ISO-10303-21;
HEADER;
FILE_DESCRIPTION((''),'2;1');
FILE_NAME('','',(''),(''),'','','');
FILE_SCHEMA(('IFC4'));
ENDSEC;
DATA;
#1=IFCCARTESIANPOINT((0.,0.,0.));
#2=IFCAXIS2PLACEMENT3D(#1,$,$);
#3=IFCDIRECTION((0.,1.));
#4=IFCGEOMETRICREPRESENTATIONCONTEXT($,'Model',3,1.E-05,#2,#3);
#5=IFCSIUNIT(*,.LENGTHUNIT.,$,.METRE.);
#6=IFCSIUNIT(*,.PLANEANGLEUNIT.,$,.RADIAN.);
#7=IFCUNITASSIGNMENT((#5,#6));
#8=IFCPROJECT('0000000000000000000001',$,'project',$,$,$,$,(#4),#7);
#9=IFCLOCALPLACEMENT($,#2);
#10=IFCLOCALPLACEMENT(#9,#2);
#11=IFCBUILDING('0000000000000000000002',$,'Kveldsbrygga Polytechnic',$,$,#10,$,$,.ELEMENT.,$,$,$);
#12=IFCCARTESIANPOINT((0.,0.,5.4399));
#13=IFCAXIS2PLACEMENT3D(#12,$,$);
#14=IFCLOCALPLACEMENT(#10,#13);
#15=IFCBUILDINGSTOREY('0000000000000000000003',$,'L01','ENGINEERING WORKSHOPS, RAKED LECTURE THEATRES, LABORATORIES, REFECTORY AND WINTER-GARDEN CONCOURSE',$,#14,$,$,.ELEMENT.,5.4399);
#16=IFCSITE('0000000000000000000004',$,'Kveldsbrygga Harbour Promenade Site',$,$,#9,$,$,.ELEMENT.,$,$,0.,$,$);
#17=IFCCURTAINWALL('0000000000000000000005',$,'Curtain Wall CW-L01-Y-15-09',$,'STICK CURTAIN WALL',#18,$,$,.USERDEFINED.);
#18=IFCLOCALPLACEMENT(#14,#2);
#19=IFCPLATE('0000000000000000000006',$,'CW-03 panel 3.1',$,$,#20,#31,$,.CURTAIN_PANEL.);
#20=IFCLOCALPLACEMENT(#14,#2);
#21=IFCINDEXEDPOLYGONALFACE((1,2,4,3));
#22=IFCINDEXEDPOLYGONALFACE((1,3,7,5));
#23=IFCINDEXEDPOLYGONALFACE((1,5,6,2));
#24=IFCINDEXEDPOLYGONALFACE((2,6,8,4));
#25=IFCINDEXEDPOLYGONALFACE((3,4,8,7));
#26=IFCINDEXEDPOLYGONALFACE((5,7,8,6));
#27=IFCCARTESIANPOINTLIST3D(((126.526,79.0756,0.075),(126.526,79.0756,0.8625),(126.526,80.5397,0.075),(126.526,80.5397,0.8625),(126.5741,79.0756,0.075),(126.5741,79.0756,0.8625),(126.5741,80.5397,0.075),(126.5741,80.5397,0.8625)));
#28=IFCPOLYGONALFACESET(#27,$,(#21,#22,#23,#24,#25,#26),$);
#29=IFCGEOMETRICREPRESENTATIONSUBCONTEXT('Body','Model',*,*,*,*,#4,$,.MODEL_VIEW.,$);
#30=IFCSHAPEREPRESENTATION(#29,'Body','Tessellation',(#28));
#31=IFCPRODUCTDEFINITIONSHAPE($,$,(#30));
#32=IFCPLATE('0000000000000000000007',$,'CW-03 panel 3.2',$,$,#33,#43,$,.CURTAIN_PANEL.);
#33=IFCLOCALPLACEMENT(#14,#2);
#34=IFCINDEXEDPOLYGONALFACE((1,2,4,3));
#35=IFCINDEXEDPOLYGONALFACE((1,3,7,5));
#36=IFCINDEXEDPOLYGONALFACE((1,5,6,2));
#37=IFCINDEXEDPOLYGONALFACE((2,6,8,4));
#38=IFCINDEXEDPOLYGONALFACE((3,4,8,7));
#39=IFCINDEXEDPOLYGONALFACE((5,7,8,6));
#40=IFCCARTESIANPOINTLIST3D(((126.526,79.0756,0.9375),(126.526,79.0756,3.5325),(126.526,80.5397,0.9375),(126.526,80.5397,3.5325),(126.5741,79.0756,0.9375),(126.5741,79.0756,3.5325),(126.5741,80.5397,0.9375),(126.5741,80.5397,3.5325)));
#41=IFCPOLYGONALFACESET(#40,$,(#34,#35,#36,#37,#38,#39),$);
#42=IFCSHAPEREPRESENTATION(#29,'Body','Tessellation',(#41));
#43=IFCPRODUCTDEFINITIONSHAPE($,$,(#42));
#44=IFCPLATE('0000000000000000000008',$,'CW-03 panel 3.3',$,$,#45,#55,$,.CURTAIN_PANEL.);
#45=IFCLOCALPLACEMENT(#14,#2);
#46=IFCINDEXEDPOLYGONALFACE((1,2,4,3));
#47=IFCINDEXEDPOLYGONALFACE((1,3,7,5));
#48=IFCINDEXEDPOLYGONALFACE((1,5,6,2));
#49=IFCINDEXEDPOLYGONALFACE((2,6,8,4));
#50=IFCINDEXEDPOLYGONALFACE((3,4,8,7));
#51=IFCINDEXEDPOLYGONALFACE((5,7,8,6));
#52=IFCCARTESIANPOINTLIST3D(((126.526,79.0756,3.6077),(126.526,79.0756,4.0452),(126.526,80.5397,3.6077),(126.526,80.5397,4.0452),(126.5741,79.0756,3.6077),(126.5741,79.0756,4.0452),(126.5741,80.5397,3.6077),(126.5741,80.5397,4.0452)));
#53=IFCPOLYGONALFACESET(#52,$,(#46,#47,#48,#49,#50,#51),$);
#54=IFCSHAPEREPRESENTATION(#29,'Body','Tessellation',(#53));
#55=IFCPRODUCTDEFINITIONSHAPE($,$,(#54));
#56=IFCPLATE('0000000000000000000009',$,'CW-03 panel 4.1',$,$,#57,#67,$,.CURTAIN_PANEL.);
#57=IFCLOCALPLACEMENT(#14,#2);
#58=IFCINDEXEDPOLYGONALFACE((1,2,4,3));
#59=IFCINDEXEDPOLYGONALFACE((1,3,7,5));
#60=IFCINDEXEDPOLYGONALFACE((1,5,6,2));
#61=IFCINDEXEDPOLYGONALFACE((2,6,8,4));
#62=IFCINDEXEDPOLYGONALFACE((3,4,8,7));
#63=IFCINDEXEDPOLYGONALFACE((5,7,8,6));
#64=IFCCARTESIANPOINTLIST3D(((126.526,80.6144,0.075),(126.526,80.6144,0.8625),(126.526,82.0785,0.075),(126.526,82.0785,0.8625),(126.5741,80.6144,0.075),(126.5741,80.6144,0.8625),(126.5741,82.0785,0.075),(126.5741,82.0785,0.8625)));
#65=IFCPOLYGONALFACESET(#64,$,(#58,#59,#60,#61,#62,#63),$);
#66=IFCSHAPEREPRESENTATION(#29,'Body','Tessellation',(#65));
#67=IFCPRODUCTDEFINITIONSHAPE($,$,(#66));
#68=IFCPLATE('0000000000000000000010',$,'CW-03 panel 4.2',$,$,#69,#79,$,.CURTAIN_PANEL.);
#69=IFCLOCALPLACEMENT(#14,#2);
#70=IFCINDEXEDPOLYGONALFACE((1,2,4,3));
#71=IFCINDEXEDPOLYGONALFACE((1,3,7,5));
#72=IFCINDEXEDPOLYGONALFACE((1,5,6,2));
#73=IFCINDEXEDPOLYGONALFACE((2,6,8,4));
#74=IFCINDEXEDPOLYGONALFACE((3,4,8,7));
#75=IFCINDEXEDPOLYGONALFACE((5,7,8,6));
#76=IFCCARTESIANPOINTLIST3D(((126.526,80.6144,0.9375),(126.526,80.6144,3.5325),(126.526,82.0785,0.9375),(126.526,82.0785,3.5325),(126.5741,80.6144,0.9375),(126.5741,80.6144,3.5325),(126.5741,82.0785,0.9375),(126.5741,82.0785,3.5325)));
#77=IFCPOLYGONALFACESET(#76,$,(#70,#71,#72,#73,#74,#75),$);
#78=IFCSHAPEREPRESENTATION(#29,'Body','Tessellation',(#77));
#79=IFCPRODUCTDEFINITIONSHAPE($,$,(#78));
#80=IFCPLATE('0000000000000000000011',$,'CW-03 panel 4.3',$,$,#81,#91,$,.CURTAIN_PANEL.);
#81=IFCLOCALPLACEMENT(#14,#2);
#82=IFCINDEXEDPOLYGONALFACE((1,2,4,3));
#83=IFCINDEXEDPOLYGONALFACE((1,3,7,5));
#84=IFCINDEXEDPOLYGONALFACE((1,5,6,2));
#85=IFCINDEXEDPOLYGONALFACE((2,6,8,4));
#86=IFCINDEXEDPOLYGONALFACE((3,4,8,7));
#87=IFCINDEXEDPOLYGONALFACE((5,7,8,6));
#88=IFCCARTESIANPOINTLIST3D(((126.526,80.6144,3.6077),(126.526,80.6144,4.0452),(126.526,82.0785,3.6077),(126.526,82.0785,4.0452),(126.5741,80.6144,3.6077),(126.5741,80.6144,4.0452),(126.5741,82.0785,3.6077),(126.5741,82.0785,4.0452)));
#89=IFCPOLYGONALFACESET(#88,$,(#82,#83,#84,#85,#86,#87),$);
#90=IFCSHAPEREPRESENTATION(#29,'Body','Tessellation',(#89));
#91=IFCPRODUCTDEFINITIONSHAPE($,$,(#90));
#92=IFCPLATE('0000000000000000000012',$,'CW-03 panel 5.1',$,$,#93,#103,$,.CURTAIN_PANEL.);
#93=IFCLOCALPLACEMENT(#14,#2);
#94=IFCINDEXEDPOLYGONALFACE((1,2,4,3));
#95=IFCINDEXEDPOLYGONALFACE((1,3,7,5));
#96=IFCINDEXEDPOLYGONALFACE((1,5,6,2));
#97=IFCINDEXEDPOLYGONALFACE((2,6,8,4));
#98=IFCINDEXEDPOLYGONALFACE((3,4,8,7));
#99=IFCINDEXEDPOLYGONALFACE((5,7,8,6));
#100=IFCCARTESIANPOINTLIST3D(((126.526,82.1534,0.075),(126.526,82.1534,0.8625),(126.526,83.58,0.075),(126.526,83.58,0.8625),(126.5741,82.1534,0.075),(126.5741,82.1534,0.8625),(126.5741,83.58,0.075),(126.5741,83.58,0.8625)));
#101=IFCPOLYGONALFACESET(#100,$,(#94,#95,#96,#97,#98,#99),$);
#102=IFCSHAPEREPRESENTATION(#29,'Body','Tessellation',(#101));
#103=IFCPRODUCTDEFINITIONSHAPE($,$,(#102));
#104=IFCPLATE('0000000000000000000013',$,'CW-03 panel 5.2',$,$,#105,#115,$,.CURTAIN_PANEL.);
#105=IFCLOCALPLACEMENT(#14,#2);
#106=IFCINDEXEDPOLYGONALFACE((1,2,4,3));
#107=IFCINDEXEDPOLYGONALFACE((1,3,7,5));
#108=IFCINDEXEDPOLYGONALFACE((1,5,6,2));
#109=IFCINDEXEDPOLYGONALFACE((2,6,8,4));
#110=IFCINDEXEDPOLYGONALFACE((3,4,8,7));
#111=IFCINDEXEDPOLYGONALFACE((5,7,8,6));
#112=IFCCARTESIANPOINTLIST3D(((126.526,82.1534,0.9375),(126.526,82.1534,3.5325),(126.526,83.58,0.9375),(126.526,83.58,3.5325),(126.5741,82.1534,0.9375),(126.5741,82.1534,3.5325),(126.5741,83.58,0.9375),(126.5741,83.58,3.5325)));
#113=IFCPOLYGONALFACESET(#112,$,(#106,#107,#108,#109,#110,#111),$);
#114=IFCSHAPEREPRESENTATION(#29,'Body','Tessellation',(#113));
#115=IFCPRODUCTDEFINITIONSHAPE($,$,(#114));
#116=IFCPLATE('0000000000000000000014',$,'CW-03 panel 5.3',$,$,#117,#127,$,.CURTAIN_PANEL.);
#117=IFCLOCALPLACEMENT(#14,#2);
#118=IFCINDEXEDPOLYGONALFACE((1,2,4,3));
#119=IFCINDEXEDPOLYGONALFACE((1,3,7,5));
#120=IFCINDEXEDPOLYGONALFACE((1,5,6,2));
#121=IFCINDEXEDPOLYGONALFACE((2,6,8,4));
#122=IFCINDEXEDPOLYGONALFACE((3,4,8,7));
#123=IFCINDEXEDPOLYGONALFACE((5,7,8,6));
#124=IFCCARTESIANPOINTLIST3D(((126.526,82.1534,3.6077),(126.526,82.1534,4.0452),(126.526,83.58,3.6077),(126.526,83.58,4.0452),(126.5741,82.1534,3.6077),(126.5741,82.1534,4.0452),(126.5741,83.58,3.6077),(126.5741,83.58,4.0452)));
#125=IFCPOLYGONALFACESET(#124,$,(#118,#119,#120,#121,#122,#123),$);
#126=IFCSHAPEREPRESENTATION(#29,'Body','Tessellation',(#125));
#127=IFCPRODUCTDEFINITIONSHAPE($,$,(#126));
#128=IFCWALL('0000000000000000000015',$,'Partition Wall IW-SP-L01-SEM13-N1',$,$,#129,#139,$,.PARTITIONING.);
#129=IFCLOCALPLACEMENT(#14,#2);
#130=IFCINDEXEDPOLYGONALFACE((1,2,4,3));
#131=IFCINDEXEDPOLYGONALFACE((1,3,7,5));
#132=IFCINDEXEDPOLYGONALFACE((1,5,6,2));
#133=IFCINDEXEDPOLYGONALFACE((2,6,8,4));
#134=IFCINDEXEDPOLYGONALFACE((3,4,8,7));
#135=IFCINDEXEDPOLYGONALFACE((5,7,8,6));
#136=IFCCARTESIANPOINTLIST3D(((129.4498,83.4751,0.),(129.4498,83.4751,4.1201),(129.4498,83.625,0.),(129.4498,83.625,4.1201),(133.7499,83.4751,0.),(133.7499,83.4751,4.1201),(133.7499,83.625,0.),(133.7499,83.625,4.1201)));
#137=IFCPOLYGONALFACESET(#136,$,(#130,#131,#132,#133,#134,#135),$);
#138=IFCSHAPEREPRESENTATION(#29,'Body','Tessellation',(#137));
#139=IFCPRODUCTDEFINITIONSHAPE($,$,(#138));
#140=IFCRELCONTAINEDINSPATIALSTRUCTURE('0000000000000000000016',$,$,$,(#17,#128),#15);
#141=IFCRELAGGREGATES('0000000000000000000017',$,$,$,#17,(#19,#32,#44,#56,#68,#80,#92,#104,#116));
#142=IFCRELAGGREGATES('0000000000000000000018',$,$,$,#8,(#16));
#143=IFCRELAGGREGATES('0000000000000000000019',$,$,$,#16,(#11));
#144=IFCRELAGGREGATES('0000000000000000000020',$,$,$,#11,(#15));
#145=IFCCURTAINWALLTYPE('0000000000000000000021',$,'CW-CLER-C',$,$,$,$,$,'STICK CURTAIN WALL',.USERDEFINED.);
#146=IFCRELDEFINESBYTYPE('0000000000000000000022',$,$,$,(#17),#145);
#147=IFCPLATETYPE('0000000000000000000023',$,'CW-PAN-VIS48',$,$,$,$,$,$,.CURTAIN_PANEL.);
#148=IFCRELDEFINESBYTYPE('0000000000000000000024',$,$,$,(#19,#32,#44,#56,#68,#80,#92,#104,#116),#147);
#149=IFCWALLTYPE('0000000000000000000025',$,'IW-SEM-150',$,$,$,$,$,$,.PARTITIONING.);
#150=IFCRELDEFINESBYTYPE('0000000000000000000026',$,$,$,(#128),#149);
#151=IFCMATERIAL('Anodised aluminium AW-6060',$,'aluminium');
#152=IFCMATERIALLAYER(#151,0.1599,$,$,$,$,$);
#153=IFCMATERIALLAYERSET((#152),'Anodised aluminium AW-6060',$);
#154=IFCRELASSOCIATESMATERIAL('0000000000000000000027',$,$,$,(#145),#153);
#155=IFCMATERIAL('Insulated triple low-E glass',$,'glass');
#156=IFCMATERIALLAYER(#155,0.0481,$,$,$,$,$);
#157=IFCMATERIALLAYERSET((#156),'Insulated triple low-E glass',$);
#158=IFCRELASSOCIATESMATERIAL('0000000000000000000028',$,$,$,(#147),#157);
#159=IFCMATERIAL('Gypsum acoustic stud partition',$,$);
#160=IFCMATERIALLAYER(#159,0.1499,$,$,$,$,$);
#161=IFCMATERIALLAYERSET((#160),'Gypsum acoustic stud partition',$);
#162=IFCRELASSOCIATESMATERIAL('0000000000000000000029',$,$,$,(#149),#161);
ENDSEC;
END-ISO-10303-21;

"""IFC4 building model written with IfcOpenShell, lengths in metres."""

from ifc_helpers import new_model, si_unit, direction, frame, frame_2d, origin, origin_2d, place, context, subcontext, project, spatial, rectangle, extrude, material, layer, layer_set, type_object, element, aggregate, save


model = new_model("IFC4")

# Units and contexts
model_context = context("Model", 3, precision=1e-05, world=origin(), true_north=direction((0.0, 1.0)))
body_context = subcontext(model_context, "Body", "Model", "MODEL_VIEW")
ifc_project = project(units=[si_unit("LENGTHUNIT", "METRE"), si_unit("PLANEANGLEUNIT", "RADIAN")], contexts=[model_context])

# Site, building, storey
site_placement = place(None, origin())
site = spatial("IfcSite", under=ifc_project, at=site_placement, Name="Kveldsbrygga Harbour Promenade Site", CompositionType="ELEMENT", RefElevation=0.0)
building_placement = place(site_placement, origin())
building = spatial("IfcBuilding", under=site, at=building_placement, Name="Kveldsbrygga Polytechnic", CompositionType="ELEMENT")
storey_placement = place(building_placement, frame((0.0, 0.0, 5.4399)))
storey = spatial("IfcBuildingStorey", under=building, at=storey_placement, Name="L01", Description="ENGINEERING WORKSHOPS, RAKED LECTURE THEATRES, LABORATORIES, REFECTORY AND WINTER-GARDEN CONCOURSE", CompositionType="ELEMENT", Elevation=5.4399)

# Curtain wall, plates
ifc_material_1 = material(Name="Anodised aluminium AW-6060", Category="aluminium")
ifc_layer_1 = layer(ifc_material_1, 0.1599)
ifc_layer_set_1 = layer_set([ifc_layer_1], Name="Anodised aluminium AW-6060")
curtain_wall_type = type_object("IfcCurtainWallType", Name="CW-CLER-C", ElementType="STICK CURTAIN WALL", PredefinedType="USERDEFINED", material=ifc_layer_set_1)
curtain_wall_placement = place(storey_placement, origin())
curtain_wall = element("IfcCurtainWall", 1, at=curtain_wall_placement, inside=storey, type_object=curtain_wall_type, Name="Curtain Wall CW-L01-Y-15-09", ObjectType="STICK CURTAIN WALL", PredefinedType="USERDEFINED")
ifc_material_2 = material(Name="Insulated triple low-E glass", Category="glass")
ifc_layer_2 = layer(ifc_material_2, 0.0481)
ifc_layer_set_2 = layer_set([ifc_layer_2], Name="Insulated triple low-E glass")
plate_type = type_object("IfcPlateType", Name="CW-PAN-VIS48", PredefinedType="CURTAIN_PANEL", material=ifc_layer_set_2)
plate_1_placement = place(storey_placement, frame((126.55, 79.8076, 0.075), z_axis=(0.0, 0.0, 1.0), x_axis=(0.0, 1.0, 0.0)))
plate_1 = element("IfcPlate", 2, at=plate_1_placement, type_object=plate_type, Name="CW-03 panel 3.1", PredefinedType="CURTAIN_PANEL", context=body_context, shape_type="SweptSolid", body=[
    extrude(rectangle(XDim=1.4641, YDim=0.0481, at=origin_2d()), origin(), (0.0, 0.0, 1.0), 0.7876),
])
plate_2_placement = place(storey_placement, frame((126.55, 79.8076, 0.9375), z_axis=(0.0, 0.0, 1.0), x_axis=(0.0, 1.0, 0.0)))
plate_2 = element("IfcPlate", 3, at=plate_2_placement, type_object=plate_type, Name="CW-03 panel 3.2", PredefinedType="CURTAIN_PANEL", context=body_context, shape_type="SweptSolid", body=[
    extrude(rectangle(XDim=1.4641, YDim=0.0481, at=origin_2d()), origin(), (0.0, 0.0, 1.0), 2.595),
])
plate_3_placement = place(storey_placement, frame((126.55, 79.8076, 3.6077), z_axis=(0.0, 0.0, 1.0), x_axis=(0.0, 1.0, 0.0)))
plate_3 = element("IfcPlate", 4, at=plate_3_placement, type_object=plate_type, Name="CW-03 panel 3.3", PredefinedType="CURTAIN_PANEL", context=body_context, shape_type="SweptSolid", body=[
    extrude(rectangle(XDim=1.4641, YDim=0.0481, at=origin_2d()), origin(), (0.0, 0.0, 1.0), 0.4375),
])
plate_4_placement = place(storey_placement, frame((126.55, 81.3464, 0.075), z_axis=(0.0, 0.0, 1.0), x_axis=(0.0, 1.0, 0.0)))
plate_4 = element("IfcPlate", 5, at=plate_4_placement, type_object=plate_type, Name="CW-03 panel 4.1", PredefinedType="CURTAIN_PANEL", context=body_context, shape_type="SweptSolid", body=[
    extrude(rectangle(XDim=1.4641, YDim=0.0481, at=origin_2d()), origin(), (0.0, 0.0, 1.0), 0.7876),
])
plate_5_placement = place(storey_placement, frame((126.55, 81.3464, 0.9375), z_axis=(0.0, 0.0, 1.0), x_axis=(0.0, 1.0, 0.0)))
plate_5 = element("IfcPlate", 6, at=plate_5_placement, type_object=plate_type, Name="CW-03 panel 4.2", PredefinedType="CURTAIN_PANEL", context=body_context, shape_type="SweptSolid", body=[
    extrude(rectangle(XDim=1.4641, YDim=0.0481, at=origin_2d()), origin(), (0.0, 0.0, 1.0), 2.595),
])
plate_6_placement = place(storey_placement, frame((126.55, 81.3464, 3.6077), z_axis=(0.0, 0.0, 1.0), x_axis=(0.0, 1.0, 0.0)))
plate_6 = element("IfcPlate", 7, at=plate_6_placement, type_object=plate_type, Name="CW-03 panel 4.3", PredefinedType="CURTAIN_PANEL", context=body_context, shape_type="SweptSolid", body=[
    extrude(rectangle(XDim=1.4641, YDim=0.0481, at=origin_2d()), origin(), (0.0, 0.0, 1.0), 0.4375),
])
plate_7_placement = place(storey_placement, frame((126.55, 82.8667, 0.075), z_axis=(0.0, 0.0, 1.0), x_axis=(0.0, 1.0, 0.0)))
plate_7 = element("IfcPlate", 8, at=plate_7_placement, type_object=plate_type, Name="CW-03 panel 5.1", PredefinedType="CURTAIN_PANEL", context=body_context, shape_type="SweptSolid", body=[
    extrude(rectangle(XDim=1.4265, YDim=0.0481, at=origin_2d()), origin(), (0.0, 0.0, 1.0), 0.7876),
])
plate_8_placement = place(storey_placement, frame((126.55, 82.8667, 0.9375), z_axis=(0.0, 0.0, 1.0), x_axis=(0.0, 1.0, 0.0)))
plate_8 = element("IfcPlate", 9, at=plate_8_placement, type_object=plate_type, Name="CW-03 panel 5.2", PredefinedType="CURTAIN_PANEL", context=body_context, shape_type="SweptSolid", body=[
    extrude(rectangle(XDim=1.4265, YDim=0.0481, at=origin_2d()), origin(), (0.0, 0.0, 1.0), 2.595),
])
plate_9_placement = place(storey_placement, frame((126.55, 82.8667, 3.6077), z_axis=(0.0, 0.0, 1.0), x_axis=(0.0, 1.0, 0.0)))
plate_9 = element("IfcPlate", 10, at=plate_9_placement, type_object=plate_type, Name="CW-03 panel 5.3", PredefinedType="CURTAIN_PANEL", context=body_context, shape_type="SweptSolid", body=[
    extrude(rectangle(XDim=1.4265, YDim=0.0481, at=origin_2d()), origin(), (0.0, 0.0, 1.0), 0.4375),
])
aggregate(curtain_wall, [plate_1, plate_2, plate_3, plate_4, plate_5, plate_6, plate_7, plate_8, plate_9])

# Wall
ifc_material_3 = material(Name="Gypsum acoustic stud partition")
ifc_layer_3 = layer(ifc_material_3, 0.1499)
ifc_layer_set_3 = layer_set([ifc_layer_3], Name="Gypsum acoustic stud partition")
wall_type = type_object("IfcWallType", Name="IW-SEM-150", PredefinedType="PARTITIONING", material=ifc_layer_set_3)
wall_placement = place(storey_placement, frame((129.45, 83.55, 0.0), z_axis=(0.0, 0.0, 1.0), x_axis=(1.0, 0.0, 0.0)))
element("IfcWall", 11, at=wall_placement, inside=storey, type_object=wall_type, Name="Partition Wall IW-SP-L01-SEM13-N1", PredefinedType="PARTITIONING", context=body_context, shape_type="SweptSolid", body=[
    extrude(rectangle(XDim=4.3, YDim=0.1499, at=frame_2d((2.1499, 0.0))), origin(), (0.0, 0.0, 1.0), 4.1201),
])

save(model, "model.ifc")
